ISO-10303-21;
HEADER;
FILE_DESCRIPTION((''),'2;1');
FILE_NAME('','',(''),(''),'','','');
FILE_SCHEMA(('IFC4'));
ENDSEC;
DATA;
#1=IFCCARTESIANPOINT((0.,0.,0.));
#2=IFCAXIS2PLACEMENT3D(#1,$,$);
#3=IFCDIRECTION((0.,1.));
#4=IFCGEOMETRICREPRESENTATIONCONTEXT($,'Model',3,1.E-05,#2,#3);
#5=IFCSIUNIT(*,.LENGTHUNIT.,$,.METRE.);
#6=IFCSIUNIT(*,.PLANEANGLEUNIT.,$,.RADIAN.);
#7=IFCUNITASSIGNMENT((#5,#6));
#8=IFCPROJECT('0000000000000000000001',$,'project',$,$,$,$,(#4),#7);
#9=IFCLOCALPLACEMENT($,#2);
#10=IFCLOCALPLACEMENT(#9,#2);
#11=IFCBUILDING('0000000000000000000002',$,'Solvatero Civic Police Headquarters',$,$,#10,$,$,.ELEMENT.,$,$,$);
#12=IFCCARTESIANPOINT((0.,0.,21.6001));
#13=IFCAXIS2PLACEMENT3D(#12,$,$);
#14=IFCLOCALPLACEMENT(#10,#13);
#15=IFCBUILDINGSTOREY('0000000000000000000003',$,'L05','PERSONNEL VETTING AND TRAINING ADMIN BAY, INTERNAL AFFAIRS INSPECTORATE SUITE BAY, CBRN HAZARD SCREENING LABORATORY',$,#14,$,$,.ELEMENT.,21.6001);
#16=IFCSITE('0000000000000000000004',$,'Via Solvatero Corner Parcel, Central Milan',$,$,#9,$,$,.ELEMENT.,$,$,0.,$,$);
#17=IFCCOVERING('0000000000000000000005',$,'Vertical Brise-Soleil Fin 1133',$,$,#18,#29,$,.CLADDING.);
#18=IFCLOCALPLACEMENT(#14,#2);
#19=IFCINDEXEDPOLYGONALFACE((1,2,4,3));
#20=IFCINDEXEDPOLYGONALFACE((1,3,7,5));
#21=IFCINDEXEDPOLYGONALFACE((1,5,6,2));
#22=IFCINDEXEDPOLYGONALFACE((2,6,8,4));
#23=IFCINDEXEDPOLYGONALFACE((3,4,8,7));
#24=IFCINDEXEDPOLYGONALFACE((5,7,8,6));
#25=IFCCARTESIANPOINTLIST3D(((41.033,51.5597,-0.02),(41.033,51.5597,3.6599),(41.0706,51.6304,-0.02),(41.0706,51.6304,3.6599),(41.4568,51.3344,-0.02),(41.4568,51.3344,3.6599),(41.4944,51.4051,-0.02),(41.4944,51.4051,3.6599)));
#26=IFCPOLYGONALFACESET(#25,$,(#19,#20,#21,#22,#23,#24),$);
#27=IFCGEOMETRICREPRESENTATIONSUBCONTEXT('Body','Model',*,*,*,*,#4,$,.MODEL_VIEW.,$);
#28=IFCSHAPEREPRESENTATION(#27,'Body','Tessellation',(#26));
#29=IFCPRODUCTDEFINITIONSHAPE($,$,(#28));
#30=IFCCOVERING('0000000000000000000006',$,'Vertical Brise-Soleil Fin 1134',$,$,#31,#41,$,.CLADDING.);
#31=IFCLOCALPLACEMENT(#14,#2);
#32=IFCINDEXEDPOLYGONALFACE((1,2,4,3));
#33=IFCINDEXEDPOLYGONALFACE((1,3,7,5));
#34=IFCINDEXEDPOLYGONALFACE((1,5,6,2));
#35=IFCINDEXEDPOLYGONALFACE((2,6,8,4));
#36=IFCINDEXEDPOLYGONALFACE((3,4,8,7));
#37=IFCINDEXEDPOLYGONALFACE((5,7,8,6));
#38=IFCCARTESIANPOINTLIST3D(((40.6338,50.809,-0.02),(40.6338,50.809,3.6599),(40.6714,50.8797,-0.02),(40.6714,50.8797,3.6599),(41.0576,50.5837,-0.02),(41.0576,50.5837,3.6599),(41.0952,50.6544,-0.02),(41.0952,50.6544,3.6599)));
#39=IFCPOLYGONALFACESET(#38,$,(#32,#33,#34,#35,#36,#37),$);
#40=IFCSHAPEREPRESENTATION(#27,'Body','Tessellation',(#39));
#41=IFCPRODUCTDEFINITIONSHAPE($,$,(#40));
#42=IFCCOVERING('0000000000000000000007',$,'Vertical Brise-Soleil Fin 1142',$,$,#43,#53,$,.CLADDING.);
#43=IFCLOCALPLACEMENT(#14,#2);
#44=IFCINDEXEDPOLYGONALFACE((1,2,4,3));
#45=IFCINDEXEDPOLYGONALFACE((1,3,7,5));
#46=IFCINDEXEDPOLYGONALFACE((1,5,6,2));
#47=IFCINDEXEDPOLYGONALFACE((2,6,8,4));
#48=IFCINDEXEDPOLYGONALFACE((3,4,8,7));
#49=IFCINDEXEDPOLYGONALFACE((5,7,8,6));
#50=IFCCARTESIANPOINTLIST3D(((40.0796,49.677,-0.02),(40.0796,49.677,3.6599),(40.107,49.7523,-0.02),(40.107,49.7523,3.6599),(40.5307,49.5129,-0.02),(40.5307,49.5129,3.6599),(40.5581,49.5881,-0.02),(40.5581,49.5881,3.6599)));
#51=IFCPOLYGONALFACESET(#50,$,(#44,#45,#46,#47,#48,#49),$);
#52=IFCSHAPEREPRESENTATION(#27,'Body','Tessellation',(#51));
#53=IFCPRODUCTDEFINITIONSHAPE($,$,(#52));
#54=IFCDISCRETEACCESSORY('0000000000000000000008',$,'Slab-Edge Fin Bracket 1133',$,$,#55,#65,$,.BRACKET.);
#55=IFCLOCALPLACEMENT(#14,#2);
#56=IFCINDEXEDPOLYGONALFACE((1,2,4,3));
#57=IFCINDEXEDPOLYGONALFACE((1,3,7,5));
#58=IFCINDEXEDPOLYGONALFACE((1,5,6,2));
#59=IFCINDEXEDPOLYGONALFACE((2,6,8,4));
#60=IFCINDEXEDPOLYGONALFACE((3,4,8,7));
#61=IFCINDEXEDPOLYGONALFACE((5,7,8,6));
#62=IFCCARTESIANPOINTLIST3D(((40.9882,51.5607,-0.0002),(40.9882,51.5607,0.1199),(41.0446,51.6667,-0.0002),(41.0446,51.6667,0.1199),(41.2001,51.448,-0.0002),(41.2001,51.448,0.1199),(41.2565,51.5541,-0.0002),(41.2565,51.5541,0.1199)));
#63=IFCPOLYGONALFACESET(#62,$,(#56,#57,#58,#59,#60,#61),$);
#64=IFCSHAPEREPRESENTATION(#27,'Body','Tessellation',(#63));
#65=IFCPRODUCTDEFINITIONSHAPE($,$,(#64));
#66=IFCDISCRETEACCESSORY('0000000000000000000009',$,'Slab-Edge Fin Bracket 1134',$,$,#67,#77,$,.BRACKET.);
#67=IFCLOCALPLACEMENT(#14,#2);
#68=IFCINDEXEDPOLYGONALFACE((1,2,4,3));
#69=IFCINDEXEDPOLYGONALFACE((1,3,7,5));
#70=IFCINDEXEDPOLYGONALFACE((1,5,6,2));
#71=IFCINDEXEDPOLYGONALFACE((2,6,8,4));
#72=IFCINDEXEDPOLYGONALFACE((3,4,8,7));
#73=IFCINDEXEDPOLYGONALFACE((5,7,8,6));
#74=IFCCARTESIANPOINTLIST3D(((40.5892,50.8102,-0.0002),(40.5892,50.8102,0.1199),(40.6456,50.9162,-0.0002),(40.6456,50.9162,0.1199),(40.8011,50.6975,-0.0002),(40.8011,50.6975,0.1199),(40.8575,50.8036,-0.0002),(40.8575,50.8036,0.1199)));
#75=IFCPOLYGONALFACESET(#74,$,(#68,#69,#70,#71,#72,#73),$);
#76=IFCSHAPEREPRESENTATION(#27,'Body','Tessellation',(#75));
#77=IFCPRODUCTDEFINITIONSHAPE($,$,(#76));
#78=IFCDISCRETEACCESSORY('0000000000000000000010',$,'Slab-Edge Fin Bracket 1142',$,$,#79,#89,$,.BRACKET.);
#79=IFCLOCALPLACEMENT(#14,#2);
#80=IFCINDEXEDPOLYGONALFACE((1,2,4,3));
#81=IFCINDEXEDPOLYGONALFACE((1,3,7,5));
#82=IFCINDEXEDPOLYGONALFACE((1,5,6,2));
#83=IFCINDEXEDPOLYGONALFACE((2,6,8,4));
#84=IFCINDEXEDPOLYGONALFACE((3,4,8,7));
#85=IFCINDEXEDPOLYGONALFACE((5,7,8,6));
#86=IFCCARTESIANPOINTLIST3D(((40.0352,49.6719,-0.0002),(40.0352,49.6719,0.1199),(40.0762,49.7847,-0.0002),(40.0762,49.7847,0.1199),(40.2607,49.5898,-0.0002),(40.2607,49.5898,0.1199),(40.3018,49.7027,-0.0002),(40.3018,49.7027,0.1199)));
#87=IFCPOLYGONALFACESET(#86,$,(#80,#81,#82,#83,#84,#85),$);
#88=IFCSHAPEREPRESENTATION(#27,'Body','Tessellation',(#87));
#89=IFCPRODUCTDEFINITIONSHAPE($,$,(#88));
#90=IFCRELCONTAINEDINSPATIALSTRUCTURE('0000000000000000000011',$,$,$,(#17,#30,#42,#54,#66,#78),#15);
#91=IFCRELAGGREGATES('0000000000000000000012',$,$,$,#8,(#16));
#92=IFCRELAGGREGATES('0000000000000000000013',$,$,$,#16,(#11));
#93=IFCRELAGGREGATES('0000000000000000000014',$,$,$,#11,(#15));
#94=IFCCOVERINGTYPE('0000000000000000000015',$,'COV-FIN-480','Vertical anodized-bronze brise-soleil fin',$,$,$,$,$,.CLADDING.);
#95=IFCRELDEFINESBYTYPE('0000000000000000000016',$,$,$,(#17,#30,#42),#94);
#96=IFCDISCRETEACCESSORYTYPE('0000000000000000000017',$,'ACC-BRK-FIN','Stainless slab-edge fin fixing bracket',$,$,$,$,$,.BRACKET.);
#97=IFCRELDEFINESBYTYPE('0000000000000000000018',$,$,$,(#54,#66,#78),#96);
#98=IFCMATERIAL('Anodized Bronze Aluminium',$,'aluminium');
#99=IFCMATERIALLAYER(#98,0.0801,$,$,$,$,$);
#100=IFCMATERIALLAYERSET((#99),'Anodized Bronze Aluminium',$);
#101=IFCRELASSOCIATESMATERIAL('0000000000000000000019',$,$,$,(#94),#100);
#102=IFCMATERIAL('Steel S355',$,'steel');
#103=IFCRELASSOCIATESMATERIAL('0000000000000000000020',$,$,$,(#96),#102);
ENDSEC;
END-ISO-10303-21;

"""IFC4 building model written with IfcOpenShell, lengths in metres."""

from ifc_helpers import new_model, si_unit, direction, frame, origin, origin_2d, place, context, subcontext, project, spatial, rectangle, extrude, material, layer, layer_set, type_object, element, save


model = new_model("IFC4")

# Units and contexts
model_context = context("Model", 3, precision=1e-05, world=origin(), true_north=direction((0.0, 1.0)))
body_context = subcontext(model_context, "Body", "Model", "MODEL_VIEW")
ifc_project = project(units=[si_unit("LENGTHUNIT", "METRE"), si_unit("PLANEANGLEUNIT", "RADIAN")], contexts=[model_context])

# Site, building, storey
site_placement = place(None, origin())
site = spatial("IfcSite", under=ifc_project, at=site_placement, Name="Via Solvatero Corner Parcel, Central Milan", CompositionType="ELEMENT", RefElevation=0.0)
building_placement = place(site_placement, origin())
building = spatial("IfcBuilding", under=site, at=building_placement, Name="Solvatero Civic Police Headquarters", CompositionType="ELEMENT")
storey_placement = place(building_placement, frame((0.0, 0.0, 21.6001)))
storey = spatial("IfcBuildingStorey", under=building, at=storey_placement, Name="L05", Description="PERSONNEL VETTING AND TRAINING ADMIN BAY, INTERNAL AFFAIRS INSPECTORATE SUITE BAY, CBRN HAZARD SCREENING LABORATORY", CompositionType="ELEMENT", Elevation=21.6001)

# Shared definitions
ifc_material_1 = material(Name="Anodized Bronze Aluminium", Category="aluminium")

# Coverings
ifc_layer_1 = layer(ifc_material_1, 0.0801)
ifc_layer_set_1 = layer_set([ifc_layer_1], Name="Anodized Bronze Aluminium")
covering_type = type_object("IfcCoveringType", Name="COV-FIN-480", Description="Vertical anodized-bronze brise-soleil fin", PredefinedType="CLADDING", material=ifc_layer_set_1)
for number, where, z_axis, x_axis, name in (
    (1, (41.2637, 51.4824, -0.02), (0.0, 0.0, 1.0), (-0.469472, -0.882948, 0.0), "Vertical Brise-Soleil Fin 1133"),
    (2, (40.8645, 50.7317, -0.02), (0.0, 0.0, 1.0), (-0.469472, -0.882948, 0.0), "Vertical Brise-Soleil Fin 1134"),
    (3, (40.3188, 49.6326, -0.02), (0.0, 0.0, 1.0), (-0.34202, -0.939693, 0.0), "Vertical Brise-Soleil Fin 1142"),
):
    element("IfcCovering", number, at=place(storey_placement, frame(where, z_axis=z_axis, x_axis=x_axis)), inside=storey, type_object=covering_type, Name=name, PredefinedType="CLADDING", context=body_context, shape_type="SweptSolid", body=[
        extrude(rectangle(XDim=0.0801, YDim=0.48, at=origin_2d()), origin(), (0.0, 0.0, 1.0), 3.6799),
    ])

# Discrete accessories
ifc_material_2 = material(Name="Steel S355", Category="steel")
discrete_accessory_type = type_object("IfcDiscreteAccessoryType", Name="ACC-BRK-FIN", Description="Stainless slab-edge fin fixing bracket", PredefinedType="BRACKET", material=ifc_material_2)
for number, where, z_axis, x_axis, name in (
    (4, (41.1223, 51.5574, -0.0002), (0.0, 0.0, 1.0), (-0.469472, -0.882948, 0.0), "Slab-Edge Fin Bracket 1133"),
    (5, (40.7234, 50.8069, -0.0002), (0.0, 0.0, 1.0), (-0.469472, -0.882948, 0.0), "Slab-Edge Fin Bracket 1134"),
    (6, (40.1685, 49.6873, -0.0002), (0.0, 0.0, 1.0), (-0.34202, -0.939693, 0.0), "Slab-Edge Fin Bracket 1142"),
):
    element("IfcDiscreteAccessory", number, at=place(storey_placement, frame(where, z_axis=z_axis, x_axis=x_axis)), inside=storey, type_object=discrete_accessory_type, Name=name, PredefinedType="BRACKET", context=body_context, shape_type="SweptSolid", body=[
        extrude(rectangle(XDim=0.1201, YDim=0.24, at=origin_2d()), origin(), (0.0, 0.0, 1.0), 0.1201),
    ])

save(model, "model.ifc")
